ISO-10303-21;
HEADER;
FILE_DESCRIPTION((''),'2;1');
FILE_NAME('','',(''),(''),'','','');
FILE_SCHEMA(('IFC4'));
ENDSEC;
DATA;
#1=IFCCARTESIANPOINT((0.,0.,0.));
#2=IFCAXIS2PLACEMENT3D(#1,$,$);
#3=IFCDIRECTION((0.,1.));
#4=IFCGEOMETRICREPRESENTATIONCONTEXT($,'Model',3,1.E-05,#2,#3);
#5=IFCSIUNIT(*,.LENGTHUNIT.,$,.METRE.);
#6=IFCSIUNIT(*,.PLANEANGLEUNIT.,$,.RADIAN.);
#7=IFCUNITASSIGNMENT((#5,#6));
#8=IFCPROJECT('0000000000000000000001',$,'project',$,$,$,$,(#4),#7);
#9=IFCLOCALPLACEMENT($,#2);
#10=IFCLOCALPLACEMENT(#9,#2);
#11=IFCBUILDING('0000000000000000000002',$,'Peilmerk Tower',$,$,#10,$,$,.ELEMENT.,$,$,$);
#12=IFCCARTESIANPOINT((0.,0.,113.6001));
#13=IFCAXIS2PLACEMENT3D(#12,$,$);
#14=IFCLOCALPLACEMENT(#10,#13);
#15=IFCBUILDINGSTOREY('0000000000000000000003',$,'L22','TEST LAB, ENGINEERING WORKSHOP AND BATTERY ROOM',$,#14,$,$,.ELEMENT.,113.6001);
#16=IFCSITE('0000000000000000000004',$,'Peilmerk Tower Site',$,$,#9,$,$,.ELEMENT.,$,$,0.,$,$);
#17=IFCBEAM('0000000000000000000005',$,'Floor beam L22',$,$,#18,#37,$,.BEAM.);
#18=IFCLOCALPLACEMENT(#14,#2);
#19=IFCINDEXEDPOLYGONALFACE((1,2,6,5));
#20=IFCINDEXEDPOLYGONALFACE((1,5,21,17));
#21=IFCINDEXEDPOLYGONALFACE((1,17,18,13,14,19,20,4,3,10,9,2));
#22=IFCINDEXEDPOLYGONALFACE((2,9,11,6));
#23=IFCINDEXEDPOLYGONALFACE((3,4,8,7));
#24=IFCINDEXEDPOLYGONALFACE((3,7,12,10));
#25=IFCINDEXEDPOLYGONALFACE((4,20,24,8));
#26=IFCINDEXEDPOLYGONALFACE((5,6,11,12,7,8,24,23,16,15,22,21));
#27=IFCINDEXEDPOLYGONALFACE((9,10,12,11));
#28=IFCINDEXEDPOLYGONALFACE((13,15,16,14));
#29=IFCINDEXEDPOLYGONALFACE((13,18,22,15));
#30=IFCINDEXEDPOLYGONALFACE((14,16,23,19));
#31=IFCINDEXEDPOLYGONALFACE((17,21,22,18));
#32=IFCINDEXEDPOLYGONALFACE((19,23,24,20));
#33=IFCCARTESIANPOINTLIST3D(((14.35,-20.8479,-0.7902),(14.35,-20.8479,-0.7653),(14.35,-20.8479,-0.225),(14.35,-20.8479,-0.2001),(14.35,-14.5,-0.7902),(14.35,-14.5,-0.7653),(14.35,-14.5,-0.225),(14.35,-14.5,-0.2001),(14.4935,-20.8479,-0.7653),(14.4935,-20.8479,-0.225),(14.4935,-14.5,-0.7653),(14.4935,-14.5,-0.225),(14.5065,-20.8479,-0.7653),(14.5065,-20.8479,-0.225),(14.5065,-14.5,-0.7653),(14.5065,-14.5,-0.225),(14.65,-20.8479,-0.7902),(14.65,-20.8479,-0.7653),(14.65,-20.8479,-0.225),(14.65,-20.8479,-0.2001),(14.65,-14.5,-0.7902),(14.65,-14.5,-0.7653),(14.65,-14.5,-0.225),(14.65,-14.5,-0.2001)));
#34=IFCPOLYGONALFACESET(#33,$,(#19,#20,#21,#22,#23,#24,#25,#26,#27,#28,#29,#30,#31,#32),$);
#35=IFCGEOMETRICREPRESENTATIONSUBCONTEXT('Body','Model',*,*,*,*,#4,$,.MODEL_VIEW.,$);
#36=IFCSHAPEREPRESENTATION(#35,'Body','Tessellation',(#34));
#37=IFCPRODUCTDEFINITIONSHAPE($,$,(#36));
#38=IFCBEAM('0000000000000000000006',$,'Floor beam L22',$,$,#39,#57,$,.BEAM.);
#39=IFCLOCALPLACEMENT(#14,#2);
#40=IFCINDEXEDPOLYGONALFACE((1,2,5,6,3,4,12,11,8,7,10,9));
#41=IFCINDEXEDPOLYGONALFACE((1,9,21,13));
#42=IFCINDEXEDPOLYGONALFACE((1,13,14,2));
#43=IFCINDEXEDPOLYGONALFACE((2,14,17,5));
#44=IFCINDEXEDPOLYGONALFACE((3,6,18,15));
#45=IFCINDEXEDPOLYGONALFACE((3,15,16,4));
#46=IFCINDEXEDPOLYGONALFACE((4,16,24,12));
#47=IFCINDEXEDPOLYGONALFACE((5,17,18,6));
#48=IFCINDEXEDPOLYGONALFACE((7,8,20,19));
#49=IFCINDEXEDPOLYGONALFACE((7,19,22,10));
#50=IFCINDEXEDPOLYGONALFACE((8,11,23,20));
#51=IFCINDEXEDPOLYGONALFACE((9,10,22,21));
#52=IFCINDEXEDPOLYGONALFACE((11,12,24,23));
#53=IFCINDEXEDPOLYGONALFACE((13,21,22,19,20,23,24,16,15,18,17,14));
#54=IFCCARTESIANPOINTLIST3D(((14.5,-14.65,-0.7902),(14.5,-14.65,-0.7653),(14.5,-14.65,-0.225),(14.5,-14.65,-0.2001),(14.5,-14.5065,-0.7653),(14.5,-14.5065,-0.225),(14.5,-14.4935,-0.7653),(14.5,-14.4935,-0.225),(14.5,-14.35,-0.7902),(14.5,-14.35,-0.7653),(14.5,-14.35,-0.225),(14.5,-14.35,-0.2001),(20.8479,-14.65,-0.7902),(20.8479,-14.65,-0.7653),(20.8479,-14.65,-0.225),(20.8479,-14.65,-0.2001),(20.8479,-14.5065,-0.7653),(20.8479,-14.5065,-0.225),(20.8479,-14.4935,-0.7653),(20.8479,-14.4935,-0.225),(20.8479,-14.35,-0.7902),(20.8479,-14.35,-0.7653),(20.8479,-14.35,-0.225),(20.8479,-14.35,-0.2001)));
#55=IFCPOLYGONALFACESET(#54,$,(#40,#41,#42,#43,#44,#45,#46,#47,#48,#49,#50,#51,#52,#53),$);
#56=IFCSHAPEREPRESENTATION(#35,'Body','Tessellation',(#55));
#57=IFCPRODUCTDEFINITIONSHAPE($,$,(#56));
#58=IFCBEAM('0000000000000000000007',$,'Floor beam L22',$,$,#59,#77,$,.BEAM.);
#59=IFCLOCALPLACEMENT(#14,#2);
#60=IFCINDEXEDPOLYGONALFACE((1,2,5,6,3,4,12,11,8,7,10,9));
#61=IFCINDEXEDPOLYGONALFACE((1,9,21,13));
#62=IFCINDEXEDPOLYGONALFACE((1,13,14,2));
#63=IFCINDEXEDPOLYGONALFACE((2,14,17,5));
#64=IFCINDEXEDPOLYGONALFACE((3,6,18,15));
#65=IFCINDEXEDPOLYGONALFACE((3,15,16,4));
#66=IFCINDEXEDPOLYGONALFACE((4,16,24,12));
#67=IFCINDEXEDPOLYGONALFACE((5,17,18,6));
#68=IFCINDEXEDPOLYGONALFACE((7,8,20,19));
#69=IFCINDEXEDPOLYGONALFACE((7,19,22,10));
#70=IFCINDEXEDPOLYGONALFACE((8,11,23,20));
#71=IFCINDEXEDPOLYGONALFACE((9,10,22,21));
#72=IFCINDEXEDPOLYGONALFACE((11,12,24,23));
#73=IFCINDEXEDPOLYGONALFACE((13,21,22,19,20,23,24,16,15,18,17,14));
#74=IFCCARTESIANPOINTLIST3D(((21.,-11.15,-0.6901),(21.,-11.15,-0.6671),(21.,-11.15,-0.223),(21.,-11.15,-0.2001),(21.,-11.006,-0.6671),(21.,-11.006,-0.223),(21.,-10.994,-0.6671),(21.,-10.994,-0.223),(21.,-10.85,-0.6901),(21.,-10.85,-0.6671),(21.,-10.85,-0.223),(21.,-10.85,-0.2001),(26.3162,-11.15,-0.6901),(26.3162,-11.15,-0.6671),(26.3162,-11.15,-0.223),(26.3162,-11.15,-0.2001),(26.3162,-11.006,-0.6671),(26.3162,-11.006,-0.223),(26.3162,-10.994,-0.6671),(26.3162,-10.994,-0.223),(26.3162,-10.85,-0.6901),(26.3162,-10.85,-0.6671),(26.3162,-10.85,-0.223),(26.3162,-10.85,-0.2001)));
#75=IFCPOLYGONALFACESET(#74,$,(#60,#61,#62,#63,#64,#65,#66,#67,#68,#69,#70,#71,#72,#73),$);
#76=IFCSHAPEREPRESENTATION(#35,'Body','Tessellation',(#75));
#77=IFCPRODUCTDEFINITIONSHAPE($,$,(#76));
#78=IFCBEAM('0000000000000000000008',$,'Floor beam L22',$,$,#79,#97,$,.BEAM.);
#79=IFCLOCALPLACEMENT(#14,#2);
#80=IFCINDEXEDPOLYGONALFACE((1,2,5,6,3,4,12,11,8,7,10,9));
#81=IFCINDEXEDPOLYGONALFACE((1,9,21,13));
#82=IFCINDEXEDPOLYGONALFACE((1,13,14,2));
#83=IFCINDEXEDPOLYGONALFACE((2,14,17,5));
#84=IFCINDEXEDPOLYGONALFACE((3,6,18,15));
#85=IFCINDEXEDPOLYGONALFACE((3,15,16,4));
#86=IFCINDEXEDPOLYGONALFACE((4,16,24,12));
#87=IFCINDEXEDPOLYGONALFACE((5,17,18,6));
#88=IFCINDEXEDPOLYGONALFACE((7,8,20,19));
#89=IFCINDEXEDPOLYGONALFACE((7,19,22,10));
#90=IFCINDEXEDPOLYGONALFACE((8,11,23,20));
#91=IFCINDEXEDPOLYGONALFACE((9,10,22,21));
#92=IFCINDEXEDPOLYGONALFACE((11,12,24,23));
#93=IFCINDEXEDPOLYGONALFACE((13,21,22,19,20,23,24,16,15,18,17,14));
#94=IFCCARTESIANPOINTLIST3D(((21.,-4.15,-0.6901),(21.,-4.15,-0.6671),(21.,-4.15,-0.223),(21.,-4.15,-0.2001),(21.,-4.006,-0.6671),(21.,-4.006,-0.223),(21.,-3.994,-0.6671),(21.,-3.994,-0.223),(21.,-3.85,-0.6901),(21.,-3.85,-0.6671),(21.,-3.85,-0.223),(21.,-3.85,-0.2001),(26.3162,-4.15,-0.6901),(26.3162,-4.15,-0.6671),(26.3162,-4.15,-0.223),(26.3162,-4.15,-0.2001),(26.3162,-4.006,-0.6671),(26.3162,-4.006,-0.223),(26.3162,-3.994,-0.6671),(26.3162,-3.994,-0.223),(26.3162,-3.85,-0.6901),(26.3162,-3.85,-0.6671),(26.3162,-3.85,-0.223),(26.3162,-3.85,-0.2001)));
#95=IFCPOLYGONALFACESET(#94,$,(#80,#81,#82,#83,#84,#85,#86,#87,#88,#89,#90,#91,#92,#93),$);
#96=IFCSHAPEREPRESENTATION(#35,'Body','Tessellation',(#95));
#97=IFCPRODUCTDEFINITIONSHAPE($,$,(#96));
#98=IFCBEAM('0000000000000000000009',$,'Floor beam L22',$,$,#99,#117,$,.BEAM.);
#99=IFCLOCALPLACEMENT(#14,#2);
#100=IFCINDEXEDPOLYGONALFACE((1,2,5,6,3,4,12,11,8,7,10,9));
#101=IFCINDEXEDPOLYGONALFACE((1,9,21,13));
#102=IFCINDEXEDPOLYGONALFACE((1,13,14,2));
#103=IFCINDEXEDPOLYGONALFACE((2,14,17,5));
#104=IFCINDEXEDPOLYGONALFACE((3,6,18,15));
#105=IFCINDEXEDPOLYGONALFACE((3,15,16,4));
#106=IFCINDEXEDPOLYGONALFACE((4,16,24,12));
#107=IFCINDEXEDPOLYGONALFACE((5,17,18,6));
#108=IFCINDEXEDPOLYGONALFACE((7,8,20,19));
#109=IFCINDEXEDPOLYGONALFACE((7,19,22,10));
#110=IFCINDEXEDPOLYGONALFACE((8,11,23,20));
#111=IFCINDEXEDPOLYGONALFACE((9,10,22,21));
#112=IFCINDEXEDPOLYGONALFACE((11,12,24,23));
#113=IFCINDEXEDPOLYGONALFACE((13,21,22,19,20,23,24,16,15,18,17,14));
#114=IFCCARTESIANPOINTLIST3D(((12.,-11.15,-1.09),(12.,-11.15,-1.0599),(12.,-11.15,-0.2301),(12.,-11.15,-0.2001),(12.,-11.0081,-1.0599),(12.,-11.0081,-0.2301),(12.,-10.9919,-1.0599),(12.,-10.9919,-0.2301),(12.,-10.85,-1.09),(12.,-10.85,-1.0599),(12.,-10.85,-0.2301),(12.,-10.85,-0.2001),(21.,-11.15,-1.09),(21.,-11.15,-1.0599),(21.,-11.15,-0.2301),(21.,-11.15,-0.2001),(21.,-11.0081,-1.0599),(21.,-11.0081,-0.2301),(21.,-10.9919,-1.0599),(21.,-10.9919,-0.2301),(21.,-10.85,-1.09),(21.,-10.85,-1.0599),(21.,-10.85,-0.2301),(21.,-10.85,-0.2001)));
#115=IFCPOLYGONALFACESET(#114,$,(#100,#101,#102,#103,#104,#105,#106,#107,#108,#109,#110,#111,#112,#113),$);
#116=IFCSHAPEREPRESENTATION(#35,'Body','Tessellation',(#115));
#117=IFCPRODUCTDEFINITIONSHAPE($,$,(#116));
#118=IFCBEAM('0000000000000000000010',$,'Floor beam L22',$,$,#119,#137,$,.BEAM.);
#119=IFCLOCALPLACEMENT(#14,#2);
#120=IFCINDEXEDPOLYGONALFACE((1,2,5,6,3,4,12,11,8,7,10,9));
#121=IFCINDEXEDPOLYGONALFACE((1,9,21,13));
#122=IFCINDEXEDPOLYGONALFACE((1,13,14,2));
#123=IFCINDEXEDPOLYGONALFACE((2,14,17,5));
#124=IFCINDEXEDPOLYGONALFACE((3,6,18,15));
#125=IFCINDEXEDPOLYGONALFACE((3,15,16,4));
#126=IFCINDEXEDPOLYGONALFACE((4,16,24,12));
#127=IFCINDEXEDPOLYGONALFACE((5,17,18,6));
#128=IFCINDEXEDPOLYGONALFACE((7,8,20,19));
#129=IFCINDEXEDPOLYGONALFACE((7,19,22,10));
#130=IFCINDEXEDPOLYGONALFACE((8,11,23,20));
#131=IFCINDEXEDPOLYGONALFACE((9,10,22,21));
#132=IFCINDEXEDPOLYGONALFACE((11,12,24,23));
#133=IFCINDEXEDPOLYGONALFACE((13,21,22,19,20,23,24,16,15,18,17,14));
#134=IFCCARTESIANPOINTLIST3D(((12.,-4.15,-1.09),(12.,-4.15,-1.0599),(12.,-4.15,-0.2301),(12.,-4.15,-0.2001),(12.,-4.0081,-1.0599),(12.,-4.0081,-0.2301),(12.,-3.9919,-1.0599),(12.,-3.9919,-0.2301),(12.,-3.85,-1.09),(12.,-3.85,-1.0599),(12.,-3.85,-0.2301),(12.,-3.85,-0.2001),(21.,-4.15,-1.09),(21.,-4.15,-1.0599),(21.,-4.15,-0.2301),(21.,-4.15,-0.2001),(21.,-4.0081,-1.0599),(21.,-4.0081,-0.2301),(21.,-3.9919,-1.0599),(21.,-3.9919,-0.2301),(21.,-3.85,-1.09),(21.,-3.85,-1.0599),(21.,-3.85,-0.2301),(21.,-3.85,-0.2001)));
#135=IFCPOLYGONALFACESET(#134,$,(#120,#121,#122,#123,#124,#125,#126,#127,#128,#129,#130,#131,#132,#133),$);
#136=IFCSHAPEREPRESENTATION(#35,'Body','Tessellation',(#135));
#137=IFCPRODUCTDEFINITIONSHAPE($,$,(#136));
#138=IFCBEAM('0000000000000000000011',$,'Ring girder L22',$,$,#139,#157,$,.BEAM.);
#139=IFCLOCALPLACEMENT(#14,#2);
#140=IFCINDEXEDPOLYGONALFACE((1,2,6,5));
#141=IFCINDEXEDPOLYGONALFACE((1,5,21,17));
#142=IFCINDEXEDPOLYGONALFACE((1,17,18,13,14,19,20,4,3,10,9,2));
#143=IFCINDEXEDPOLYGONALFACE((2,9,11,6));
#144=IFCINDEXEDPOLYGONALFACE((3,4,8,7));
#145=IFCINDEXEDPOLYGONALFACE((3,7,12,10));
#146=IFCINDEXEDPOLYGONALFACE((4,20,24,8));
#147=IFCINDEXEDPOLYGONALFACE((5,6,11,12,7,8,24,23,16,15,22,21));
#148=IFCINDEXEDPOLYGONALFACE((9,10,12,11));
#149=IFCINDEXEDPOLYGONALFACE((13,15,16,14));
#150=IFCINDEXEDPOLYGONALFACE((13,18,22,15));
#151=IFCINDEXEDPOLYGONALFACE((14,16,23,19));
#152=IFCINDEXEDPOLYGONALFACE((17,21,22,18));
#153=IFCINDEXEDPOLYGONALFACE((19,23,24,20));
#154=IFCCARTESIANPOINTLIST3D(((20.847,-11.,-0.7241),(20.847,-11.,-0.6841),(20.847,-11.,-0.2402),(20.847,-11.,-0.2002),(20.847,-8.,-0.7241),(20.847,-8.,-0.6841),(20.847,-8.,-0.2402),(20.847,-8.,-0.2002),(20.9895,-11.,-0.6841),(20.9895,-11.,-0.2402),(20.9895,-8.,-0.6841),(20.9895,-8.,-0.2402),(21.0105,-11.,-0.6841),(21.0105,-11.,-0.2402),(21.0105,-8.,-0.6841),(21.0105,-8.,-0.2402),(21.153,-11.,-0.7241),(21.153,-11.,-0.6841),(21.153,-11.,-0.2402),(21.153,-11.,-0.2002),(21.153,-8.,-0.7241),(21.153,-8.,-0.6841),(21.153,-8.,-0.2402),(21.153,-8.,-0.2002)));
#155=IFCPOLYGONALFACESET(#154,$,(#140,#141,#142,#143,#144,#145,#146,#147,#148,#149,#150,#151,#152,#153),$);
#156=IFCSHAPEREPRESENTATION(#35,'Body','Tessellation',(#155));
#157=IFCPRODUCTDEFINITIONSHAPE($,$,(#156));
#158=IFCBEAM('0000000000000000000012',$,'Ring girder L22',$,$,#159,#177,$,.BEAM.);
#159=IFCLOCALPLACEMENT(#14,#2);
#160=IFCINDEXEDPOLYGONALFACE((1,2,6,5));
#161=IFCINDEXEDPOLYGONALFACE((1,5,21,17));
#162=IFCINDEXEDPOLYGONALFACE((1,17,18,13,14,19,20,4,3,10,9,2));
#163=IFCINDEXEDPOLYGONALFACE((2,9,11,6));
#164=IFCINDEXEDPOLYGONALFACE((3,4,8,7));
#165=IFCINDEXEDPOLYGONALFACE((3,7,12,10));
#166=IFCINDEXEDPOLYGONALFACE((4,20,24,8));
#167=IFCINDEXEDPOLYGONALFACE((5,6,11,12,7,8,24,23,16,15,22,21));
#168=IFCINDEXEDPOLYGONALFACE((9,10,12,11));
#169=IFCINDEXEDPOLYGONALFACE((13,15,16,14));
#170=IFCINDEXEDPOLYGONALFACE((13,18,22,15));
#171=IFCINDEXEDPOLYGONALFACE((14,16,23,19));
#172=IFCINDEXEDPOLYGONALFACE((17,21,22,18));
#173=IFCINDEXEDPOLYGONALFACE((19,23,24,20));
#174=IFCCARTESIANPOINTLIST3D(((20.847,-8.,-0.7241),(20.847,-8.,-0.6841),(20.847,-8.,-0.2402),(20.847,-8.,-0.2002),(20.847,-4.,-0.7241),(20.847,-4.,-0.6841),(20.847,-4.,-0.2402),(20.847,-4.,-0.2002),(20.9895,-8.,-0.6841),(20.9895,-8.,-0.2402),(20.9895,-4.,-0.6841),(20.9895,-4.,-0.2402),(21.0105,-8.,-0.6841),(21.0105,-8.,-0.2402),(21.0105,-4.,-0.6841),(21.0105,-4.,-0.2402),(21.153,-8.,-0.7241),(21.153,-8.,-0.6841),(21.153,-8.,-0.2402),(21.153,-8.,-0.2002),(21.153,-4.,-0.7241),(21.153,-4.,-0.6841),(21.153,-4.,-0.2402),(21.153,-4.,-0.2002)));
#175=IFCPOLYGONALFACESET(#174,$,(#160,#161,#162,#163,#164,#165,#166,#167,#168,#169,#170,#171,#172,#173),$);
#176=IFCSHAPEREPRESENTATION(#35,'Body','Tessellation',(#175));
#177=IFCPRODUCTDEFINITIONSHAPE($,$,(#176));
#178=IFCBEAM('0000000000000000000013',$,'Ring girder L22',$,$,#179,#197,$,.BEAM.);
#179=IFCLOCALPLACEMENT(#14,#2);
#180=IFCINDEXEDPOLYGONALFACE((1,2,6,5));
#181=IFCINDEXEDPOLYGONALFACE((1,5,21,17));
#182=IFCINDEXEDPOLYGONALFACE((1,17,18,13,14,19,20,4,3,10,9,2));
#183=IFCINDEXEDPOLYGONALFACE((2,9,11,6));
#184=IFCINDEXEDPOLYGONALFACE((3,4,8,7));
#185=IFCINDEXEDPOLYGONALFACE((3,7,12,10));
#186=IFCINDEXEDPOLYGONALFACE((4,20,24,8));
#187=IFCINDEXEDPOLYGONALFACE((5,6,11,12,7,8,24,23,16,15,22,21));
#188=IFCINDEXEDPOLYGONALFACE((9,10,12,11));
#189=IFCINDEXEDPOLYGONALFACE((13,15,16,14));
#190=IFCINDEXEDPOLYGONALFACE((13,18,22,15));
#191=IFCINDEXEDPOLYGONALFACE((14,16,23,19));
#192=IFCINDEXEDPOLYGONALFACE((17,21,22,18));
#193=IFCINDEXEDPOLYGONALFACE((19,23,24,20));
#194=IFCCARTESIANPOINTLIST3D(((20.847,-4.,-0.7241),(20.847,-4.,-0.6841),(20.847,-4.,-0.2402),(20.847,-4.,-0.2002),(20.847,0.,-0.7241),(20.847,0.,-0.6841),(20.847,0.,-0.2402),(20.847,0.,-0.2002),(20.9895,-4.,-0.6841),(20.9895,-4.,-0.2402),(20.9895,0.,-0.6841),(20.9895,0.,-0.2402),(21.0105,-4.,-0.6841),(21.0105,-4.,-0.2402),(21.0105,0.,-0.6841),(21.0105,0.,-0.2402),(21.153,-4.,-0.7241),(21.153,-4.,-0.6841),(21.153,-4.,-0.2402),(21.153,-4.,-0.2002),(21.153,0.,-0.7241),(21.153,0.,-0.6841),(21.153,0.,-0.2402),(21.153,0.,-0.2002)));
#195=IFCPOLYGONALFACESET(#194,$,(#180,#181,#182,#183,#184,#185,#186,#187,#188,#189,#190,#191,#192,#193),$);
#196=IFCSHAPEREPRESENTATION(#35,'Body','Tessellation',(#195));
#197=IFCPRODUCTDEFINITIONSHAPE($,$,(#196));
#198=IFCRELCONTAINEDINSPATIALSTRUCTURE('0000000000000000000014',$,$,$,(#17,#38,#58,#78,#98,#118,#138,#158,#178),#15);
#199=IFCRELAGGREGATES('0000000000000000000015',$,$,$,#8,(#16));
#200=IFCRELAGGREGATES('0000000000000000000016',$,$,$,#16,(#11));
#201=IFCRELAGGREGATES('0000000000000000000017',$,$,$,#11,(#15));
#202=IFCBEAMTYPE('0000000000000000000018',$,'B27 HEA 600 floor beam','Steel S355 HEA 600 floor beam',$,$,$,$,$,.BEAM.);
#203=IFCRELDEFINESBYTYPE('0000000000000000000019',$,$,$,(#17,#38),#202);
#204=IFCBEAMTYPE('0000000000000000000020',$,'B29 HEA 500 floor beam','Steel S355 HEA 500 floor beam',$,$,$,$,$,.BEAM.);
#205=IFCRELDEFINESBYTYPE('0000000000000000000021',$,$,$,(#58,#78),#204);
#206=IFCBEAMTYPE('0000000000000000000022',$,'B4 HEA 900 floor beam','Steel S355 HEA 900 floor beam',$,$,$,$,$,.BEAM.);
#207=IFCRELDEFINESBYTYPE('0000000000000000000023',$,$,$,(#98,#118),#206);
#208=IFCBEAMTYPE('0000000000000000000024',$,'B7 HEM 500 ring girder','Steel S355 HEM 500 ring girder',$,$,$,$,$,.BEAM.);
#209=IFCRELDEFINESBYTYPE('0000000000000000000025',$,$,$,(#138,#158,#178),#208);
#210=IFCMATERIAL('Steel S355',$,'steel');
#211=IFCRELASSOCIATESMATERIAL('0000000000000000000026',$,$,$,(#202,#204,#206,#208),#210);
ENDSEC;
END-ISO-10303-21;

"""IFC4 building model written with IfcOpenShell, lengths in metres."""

from ifc_helpers import new_model, si_unit, direction, frame, origin, origin_2d, place, context, subcontext, project, spatial, i_section, extrude, material, material_profile, profile_set, type_object, element, save


model = new_model("IFC4")

# Units and contexts
model_context = context("Model", 3, precision=1e-05, world=origin(), true_north=direction((0.0, 1.0)))
body_context = subcontext(model_context, "Body", "Model", "MODEL_VIEW")
ifc_project = project(units=[si_unit("LENGTHUNIT", "METRE"), si_unit("PLANEANGLEUNIT", "RADIAN")], contexts=[model_context])

# Site, building, storey
site_placement = place(None, origin())
site = spatial("IfcSite", under=ifc_project, at=site_placement, Name="Peilmerk Tower Site", CompositionType="ELEMENT", RefElevation=0.0)
building_placement = place(site_placement, origin())
building = spatial("IfcBuilding", under=site, at=building_placement, Name="Peilmerk Tower", CompositionType="ELEMENT")
storey_placement = place(building_placement, frame((0.0, 0.0, 113.6001)))
storey = spatial("IfcBuildingStorey", under=building, at=storey_placement, Name="L22", Description="TEST LAB, ENGINEERING WORKSHOP AND BATTERY ROOM", CompositionType="ELEMENT", Elevation=113.6001)

# Beams
ifc_material_1 = material(Name="Steel S355", Category="steel")
ifc_material_profile_1 = material_profile(ifc_material_1, i_section(OverallWidth=0.3, OverallDepth=0.5901, WebThickness=0.0129, FlangeThickness=0.0249, at=origin_2d()), Name="HEA 600")
ifc_profile_set_1 = profile_set([ifc_material_profile_1], Name="Steel S355")
beam_type_1 = type_object("IfcBeamType", Name="B27 HEA 600 floor beam", Description="Steel S355 HEA 600 floor beam", PredefinedType="BEAM", material=ifc_profile_set_1)
for number, where, z_axis, x_axis, name in (
    (1, (14.5, -14.5, -0.4951), (0.0, -1.0, 0.0), (1.0, 0.0, 0.0), "Floor beam L22"),
    (2, (14.5, -14.5, -0.4951), (1.0, 0.0, 0.0), (0.0, 1.0, 0.0), "Floor beam L22"),
):
    element("IfcBeam", number, at=place(storey_placement, frame(where, z_axis=z_axis, x_axis=x_axis)), inside=storey, type_object=beam_type_1, Name=name, PredefinedType="BEAM", context=body_context, shape_type="SweptSolid", body=[
        extrude(i_section(OverallWidth=0.3, OverallDepth=0.5901, WebThickness=0.0129, FlangeThickness=0.0249, at=origin_2d()), origin(), (0.0, 0.0, 1.0), 6.3479),
    ])
ifc_material_profile_2 = material_profile(ifc_material_1, i_section(OverallWidth=0.3, OverallDepth=0.49, WebThickness=0.012, FlangeThickness=0.0229, at=origin_2d()), Name="HEA 500")
ifc_profile_set_2 = profile_set([ifc_material_profile_2], Name="Steel S355")
beam_type_2 = type_object("IfcBeamType", Name="B29 HEA 500 floor beam", Description="Steel S355 HEA 500 floor beam", PredefinedType="BEAM", material=ifc_profile_set_2)
for number, where, z_axis, x_axis, name in (
    (3, (21.0, -11.0, -0.4451), (1.0, 0.0, 0.0), (0.0, 1.0, 0.0), "Floor beam L22"),
    (4, (21.0, -4.0, -0.4451), (1.0, 0.0, 0.0), (0.0, 1.0, 0.0), "Floor beam L22"),
):
    element("IfcBeam", number, at=place(storey_placement, frame(where, z_axis=z_axis, x_axis=x_axis)), inside=storey, type_object=beam_type_2, Name=name, PredefinedType="BEAM", context=body_context, shape_type="SweptSolid", body=[
        extrude(i_section(OverallWidth=0.3, OverallDepth=0.49, WebThickness=0.012, FlangeThickness=0.0229, at=origin_2d()), origin(), (0.0, 0.0, 1.0), 5.3162),
    ])
ifc_material_profile_3 = material_profile(ifc_material_1, i_section(OverallWidth=0.3, OverallDepth=0.8899, WebThickness=0.0161, FlangeThickness=0.03, at=origin_2d()), Name="HEA 900")
ifc_profile_set_3 = profile_set([ifc_material_profile_3], Name="Steel S355")
beam_type_3 = type_object("IfcBeamType", Name="B4 HEA 900 floor beam", Description="Steel S355 HEA 900 floor beam", PredefinedType="BEAM", material=ifc_profile_set_3)
for number, where, z_axis, x_axis, name in (
    (5, (12.0, -11.0, -0.645), (1.0, 0.0, 0.0), (0.0, 1.0, 0.0), "Floor beam L22"),
    (6, (12.0, -4.0, -0.645), (1.0, 0.0, 0.0), (0.0, 1.0, 0.0), "Floor beam L22"),
):
    element("IfcBeam", number, at=place(storey_placement, frame(where, z_axis=z_axis, x_axis=x_axis)), inside=storey, type_object=beam_type_3, Name=name, PredefinedType="BEAM", context=body_context, shape_type="SweptSolid", body=[
        extrude(i_section(OverallWidth=0.3, OverallDepth=0.8899, WebThickness=0.0161, FlangeThickness=0.03, at=origin_2d()), origin(), (0.0, 0.0, 1.0), 9.0),
    ])
ifc_material_profile_4 = material_profile(ifc_material_1, i_section(OverallWidth=0.3059, OverallDepth=0.5239, WebThickness=0.021, FlangeThickness=0.04, at=origin_2d()), Name="HEM 500")
ifc_profile_set_4 = profile_set([ifc_material_profile_4], Name="Steel S355")
beam_type_4 = type_object("IfcBeamType", Name="B7 HEM 500 ring girder", Description="Steel S355 HEM 500 ring girder", PredefinedType="BEAM", material=ifc_profile_set_4)
beam_1_placement = place(storey_placement, frame((21.0, -11.0, -0.4622), z_axis=(0.0, 1.0, 0.0), x_axis=(-1.0, 0.0, 0.0)))
element("IfcBeam", 7, at=beam_1_placement, inside=storey, type_object=beam_type_4, Name="Ring girder L22", PredefinedType="BEAM", context=body_context, shape_type="SweptSolid", body=[
    extrude(i_section(OverallWidth=0.3059, OverallDepth=0.5239, WebThickness=0.021, FlangeThickness=0.04, at=origin_2d()), origin(), (0.0, 0.0, 1.0), 3.0),
])
for number, where, z_axis, x_axis, name in (
    (8, (21.0, -8.0, -0.4622), (0.0, 1.0, 0.0), (-1.0, 0.0, 0.0), "Ring girder L22"),
    (9, (21.0, -4.0, -0.4622), (0.0, 1.0, 0.0), (-1.0, 0.0, 0.0), "Ring girder L22"),
):
    element("IfcBeam", number, at=place(storey_placement, frame(where, z_axis=z_axis, x_axis=x_axis)), inside=storey, type_object=beam_type_4, Name=name, PredefinedType="BEAM", context=body_context, shape_type="SweptSolid", body=[
        extrude(i_section(OverallWidth=0.3059, OverallDepth=0.5239, WebThickness=0.021, FlangeThickness=0.04, at=origin_2d()), origin(), (0.0, 0.0, 1.0), 4.0),
    ])

save(model, "model.ifc")
